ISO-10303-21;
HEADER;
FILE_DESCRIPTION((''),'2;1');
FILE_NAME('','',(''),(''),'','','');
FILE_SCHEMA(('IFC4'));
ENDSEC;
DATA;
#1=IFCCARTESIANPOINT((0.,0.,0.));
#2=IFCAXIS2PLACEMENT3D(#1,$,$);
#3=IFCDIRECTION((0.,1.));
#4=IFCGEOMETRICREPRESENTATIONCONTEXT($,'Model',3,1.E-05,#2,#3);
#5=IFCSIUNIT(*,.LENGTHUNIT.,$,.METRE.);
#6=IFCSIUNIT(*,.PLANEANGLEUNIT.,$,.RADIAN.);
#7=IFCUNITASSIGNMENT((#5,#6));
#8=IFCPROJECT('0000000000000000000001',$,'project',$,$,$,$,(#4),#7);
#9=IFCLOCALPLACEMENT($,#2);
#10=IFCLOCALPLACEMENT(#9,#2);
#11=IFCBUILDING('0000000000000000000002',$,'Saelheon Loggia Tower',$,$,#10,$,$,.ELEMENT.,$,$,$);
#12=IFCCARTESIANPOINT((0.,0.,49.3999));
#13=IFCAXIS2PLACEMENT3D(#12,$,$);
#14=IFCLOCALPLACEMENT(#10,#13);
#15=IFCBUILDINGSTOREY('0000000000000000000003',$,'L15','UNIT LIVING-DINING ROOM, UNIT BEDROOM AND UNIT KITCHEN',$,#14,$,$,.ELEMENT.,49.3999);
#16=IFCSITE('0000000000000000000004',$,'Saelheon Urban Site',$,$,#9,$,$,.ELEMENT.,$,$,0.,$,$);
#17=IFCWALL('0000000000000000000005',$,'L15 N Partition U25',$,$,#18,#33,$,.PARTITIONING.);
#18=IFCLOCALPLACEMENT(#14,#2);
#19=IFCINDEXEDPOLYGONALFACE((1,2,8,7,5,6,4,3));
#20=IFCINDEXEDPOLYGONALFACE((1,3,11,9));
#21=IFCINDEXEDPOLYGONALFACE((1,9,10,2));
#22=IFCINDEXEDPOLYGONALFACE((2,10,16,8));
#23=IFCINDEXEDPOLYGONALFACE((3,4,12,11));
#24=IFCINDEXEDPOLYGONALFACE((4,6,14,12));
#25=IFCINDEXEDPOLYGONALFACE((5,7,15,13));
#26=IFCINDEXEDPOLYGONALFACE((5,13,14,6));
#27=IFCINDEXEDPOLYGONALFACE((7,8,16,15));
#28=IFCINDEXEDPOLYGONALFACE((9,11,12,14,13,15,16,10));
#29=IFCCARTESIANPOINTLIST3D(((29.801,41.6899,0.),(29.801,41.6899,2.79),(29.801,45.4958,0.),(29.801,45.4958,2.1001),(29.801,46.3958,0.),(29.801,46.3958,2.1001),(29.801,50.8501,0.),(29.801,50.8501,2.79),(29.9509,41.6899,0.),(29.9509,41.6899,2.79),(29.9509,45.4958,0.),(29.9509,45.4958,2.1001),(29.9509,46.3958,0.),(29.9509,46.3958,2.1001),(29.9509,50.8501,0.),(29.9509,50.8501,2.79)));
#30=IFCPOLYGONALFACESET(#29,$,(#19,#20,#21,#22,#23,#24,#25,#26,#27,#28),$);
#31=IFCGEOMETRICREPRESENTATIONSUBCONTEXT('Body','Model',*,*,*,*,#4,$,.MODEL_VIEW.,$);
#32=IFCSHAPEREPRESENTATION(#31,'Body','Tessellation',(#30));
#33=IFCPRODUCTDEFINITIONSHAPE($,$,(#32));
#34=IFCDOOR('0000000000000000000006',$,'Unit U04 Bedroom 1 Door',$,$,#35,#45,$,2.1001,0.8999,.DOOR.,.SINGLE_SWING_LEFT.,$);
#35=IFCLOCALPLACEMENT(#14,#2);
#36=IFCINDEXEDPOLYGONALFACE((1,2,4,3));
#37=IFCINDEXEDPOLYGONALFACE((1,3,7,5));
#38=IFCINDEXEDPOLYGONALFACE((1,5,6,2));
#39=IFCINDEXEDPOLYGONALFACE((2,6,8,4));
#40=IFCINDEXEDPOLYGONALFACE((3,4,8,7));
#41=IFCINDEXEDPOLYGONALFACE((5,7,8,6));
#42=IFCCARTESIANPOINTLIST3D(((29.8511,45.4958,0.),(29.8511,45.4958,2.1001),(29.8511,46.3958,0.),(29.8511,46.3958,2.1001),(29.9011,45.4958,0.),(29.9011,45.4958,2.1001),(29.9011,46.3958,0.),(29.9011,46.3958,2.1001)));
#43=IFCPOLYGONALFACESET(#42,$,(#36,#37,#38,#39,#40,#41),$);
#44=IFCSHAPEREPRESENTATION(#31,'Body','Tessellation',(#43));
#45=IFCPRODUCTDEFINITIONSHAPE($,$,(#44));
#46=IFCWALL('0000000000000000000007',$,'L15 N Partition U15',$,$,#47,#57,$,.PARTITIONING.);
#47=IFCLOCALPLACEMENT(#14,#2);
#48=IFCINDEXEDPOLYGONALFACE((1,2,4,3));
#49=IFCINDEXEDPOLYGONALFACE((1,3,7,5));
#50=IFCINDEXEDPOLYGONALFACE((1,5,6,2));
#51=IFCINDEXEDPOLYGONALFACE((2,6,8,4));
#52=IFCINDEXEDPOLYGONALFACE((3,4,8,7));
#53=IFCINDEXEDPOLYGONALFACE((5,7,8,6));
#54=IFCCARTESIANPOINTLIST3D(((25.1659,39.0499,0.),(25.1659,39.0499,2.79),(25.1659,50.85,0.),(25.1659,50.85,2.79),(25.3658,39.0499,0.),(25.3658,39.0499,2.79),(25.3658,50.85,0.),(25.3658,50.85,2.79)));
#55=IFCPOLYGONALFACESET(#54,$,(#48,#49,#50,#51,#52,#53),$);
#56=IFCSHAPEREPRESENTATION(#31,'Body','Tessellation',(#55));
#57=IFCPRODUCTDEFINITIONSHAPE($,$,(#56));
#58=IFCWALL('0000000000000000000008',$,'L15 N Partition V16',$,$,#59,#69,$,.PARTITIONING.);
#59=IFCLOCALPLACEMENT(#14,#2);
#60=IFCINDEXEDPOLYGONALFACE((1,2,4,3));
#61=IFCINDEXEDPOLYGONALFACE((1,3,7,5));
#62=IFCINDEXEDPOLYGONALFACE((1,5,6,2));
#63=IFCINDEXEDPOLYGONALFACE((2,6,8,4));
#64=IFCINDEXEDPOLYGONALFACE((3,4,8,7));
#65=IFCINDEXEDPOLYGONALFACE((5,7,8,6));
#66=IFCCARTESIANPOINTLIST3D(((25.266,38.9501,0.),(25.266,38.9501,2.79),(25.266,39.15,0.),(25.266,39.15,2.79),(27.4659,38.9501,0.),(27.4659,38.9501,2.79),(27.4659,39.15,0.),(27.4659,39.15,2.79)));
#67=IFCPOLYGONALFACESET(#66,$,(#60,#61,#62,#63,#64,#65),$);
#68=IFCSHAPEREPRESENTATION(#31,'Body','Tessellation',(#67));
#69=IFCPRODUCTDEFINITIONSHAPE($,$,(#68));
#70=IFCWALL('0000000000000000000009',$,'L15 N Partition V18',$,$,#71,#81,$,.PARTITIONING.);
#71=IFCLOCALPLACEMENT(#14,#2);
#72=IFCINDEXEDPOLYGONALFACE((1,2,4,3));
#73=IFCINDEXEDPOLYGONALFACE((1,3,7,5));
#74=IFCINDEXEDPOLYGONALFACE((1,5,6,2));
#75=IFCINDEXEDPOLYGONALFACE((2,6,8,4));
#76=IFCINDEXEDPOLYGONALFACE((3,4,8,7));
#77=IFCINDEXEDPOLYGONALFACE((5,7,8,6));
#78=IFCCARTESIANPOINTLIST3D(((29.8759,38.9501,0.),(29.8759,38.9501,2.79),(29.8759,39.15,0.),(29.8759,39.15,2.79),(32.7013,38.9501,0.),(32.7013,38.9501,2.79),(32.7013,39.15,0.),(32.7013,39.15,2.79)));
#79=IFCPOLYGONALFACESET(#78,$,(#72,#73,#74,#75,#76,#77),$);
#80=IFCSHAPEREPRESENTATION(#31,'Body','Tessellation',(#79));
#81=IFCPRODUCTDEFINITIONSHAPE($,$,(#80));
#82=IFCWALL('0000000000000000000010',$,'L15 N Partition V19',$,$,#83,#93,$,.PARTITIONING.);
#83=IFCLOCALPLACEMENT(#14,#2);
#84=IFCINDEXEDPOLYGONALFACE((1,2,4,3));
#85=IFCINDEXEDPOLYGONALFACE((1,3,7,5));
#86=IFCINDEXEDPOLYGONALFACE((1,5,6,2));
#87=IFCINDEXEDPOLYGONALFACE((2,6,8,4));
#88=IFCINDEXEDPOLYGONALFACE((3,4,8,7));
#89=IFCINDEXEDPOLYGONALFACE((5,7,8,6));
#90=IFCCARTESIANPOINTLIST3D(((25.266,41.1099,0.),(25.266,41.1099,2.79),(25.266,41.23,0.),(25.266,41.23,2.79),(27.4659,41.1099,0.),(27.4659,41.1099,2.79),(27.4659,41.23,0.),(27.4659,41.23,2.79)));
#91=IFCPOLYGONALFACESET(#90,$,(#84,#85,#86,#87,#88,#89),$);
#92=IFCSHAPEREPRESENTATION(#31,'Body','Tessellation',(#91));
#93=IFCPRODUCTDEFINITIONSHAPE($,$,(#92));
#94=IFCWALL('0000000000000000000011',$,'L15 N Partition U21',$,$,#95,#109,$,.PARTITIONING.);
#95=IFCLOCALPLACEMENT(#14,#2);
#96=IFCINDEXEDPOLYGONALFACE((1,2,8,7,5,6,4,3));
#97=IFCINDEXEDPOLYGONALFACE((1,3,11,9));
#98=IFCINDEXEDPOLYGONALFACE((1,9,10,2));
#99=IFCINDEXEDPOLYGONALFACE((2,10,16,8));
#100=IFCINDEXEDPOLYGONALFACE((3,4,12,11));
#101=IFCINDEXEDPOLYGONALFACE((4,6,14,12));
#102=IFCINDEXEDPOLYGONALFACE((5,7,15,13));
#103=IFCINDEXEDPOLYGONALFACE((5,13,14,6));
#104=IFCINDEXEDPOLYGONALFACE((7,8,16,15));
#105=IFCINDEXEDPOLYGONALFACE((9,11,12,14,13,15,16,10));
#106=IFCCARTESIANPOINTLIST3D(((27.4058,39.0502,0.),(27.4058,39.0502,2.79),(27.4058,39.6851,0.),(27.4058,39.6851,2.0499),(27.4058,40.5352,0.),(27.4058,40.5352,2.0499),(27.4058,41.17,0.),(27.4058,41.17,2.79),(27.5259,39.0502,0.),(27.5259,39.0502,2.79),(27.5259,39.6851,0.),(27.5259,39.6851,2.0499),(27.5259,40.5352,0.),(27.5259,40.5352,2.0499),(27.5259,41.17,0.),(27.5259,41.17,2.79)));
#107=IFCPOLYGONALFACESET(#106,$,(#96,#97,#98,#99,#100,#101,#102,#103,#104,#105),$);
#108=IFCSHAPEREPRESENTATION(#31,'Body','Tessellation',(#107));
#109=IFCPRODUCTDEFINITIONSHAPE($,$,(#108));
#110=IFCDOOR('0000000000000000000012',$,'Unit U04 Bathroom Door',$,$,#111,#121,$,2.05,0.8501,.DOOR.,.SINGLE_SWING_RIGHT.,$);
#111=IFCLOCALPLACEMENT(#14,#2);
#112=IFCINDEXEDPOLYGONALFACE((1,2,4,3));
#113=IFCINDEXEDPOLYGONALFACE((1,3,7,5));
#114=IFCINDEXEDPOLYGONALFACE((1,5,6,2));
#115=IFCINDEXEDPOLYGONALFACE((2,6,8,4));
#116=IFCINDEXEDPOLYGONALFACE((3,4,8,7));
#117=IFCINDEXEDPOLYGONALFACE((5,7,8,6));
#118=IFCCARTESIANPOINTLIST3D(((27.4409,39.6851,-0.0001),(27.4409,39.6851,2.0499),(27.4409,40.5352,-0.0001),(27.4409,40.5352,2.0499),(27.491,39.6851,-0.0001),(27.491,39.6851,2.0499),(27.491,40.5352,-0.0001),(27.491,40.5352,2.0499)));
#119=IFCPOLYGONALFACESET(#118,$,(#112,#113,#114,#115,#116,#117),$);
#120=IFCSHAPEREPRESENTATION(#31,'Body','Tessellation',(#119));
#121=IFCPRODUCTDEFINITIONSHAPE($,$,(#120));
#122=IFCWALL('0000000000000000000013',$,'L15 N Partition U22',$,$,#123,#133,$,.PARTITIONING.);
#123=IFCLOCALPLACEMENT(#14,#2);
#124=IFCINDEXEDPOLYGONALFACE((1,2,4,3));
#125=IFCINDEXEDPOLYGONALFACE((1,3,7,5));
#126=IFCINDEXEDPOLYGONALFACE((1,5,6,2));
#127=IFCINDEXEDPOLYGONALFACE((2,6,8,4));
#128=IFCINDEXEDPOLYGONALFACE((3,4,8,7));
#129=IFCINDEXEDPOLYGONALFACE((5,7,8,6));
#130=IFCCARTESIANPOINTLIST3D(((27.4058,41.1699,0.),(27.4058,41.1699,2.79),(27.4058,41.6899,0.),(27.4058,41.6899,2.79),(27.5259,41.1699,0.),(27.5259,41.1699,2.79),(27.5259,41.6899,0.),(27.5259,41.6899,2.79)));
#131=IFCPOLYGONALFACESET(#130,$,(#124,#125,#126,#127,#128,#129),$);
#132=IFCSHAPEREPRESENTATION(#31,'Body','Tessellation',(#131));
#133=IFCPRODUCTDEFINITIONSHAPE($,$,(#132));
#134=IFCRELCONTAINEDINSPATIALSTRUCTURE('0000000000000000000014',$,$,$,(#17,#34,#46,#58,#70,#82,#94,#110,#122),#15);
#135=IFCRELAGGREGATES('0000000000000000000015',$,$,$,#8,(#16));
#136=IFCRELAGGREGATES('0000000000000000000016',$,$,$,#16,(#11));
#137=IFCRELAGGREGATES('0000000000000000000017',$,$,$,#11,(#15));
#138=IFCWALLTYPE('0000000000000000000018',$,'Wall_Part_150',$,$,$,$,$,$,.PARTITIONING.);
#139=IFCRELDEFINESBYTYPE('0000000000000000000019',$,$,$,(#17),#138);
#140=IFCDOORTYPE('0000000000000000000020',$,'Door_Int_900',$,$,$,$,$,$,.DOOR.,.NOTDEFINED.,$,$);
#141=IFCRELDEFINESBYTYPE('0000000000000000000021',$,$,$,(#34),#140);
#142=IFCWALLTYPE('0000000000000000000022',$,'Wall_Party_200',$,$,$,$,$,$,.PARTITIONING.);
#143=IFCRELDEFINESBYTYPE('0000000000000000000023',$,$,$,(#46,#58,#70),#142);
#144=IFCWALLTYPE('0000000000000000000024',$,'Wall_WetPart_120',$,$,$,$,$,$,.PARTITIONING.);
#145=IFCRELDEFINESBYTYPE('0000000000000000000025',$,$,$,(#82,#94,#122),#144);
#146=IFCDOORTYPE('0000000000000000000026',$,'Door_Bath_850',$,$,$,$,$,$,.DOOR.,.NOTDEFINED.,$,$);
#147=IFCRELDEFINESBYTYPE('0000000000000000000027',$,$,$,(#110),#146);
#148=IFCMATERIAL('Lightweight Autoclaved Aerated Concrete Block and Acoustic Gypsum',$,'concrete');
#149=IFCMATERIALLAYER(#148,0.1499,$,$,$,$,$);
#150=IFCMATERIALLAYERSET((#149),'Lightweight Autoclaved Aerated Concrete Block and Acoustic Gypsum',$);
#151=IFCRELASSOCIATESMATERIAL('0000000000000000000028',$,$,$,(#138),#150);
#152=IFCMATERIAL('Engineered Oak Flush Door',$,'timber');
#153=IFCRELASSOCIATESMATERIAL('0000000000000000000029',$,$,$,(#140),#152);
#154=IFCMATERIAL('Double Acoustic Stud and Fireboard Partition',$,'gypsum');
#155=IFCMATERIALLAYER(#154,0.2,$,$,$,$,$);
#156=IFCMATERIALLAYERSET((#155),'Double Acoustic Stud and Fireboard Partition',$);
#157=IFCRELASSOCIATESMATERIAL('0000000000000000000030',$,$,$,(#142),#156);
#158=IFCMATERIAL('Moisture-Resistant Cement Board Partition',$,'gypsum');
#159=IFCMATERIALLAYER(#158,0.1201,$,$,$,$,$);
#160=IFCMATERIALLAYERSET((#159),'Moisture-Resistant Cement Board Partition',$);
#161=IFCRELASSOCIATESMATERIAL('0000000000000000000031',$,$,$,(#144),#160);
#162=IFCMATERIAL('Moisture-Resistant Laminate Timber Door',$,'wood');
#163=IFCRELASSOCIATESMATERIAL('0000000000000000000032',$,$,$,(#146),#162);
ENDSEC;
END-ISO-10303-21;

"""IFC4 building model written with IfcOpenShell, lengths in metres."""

from ifc_helpers import new_model, si_unit, direction, frame, frame_2d, origin, place, context, subcontext, project, spatial, rectangle, extrude, source, transform, mapped, material, layer, layer_set, type_object, element, fill, save


model = new_model("IFC4")

# Units and contexts
model_context = context("Model", 3, precision=1e-05, world=origin(), true_north=direction((0.0, 1.0)))
body_context = subcontext(model_context, "Body", "Model", "MODEL_VIEW")
ifc_project = project(units=[si_unit("LENGTHUNIT", "METRE"), si_unit("PLANEANGLEUNIT", "RADIAN")], contexts=[model_context])

# Site, building, storey
site_placement = place(None, origin())
site = spatial("IfcSite", under=ifc_project, at=site_placement, Name="Saelheon Urban Site", CompositionType="ELEMENT", RefElevation=0.0)
building_placement = place(site_placement, origin())
building = spatial("IfcBuilding", under=site, at=building_placement, Name="Saelheon Loggia Tower", CompositionType="ELEMENT")
storey_placement = place(building_placement, frame((0.0, 0.0, 49.3999)))
storey = spatial("IfcBuildingStorey", under=building, at=storey_placement, Name="L15", Description="UNIT LIVING-DINING ROOM, UNIT BEDROOM AND UNIT KITCHEN", CompositionType="ELEMENT", Elevation=49.3999)

# Shared definitions
ifc_material_1 = material(Name="Lightweight Autoclaved Aerated Concrete Block and Acoustic Gypsum", Category="concrete")
ifc_layer_1 = layer(ifc_material_1, 0.1499)
ifc_layer_set_1 = layer_set([ifc_layer_1], Name="Lightweight Autoclaved Aerated Concrete Block and Acoustic Gypsum")
wall_type_1 = type_object("IfcWallType", Name="Wall_Part_150", PredefinedType="PARTITIONING", material=ifc_layer_set_1)

# Wall, opening, door
ifc_material_2 = material(Name="Engineered Oak Flush Door", Category="timber")
door_type_1 = type_object("IfcDoorType", Name="Door_Int_900", OperationType="NOTDEFINED", PredefinedType="DOOR", material=ifc_material_2)
shared_shape_1 = source(origin(), body_context, "Body", "SweptSolid", [
    extrude(rectangle(XDim=0.8999, YDim=2.1001, at=frame_2d((0.45, 1.05))), frame((0.0, 0.0249, 0.0), z_axis=(0.0, -1.0, 0.0), x_axis=(1.0, 0.0, 0.0)), (0.0, 0.0, 1.0), 0.05),
])
wall_1_placement = place(storey_placement, frame((29.876, 41.6899, 0.0), z_axis=(0.0, 0.0, 1.0), x_axis=(0.0, 1.0, 0.0)))
wall_1 = element("IfcWall", 1, at=wall_1_placement, inside=storey, type_object=wall_type_1, Name="L15 N Partition U25", PredefinedType="PARTITIONING", context=body_context, shape_type="SweptSolid", body=[
    extrude(rectangle(XDim=9.1602, YDim=0.1499, at=frame_2d((4.5801, 0.0))), origin(), (0.0, 0.0, 1.0), 2.79),
])
opening_1_placement = place(wall_1_placement, frame((3.8059, 0.0, 0.0)))
opening_1 = element("IfcOpeningElement", 2, at=opening_1_placement, cuts=wall_1, PredefinedType="OPENING", context=body_context, shape_type="SweptSolid", body=[
    extrude(rectangle(XDim=0.8999, YDim=2.1001, at=frame_2d((0.45, 1.05))), frame((0.0, 0.0869, 0.0), z_axis=(0.0, -1.0, 0.0), x_axis=(1.0, 0.0, 0.0)), (0.0, 0.0, 1.0), 0.1738),
])
door_1_placement = place(opening_1_placement, origin())
door_1 = element("IfcDoor", 3, at=door_1_placement, inside=storey, type_object=door_type_1, Name="Unit U04 Bedroom 1 Door", OperationType="SINGLE_SWING_LEFT", OverallHeight=2.1001, OverallWidth=0.8999, PredefinedType="DOOR", context=body_context, shape_type="MappedRepresentation", body=[
    mapped(shared_shape_1, transform((0.0, 0.0, 0.0), scale=1.0)),
])
fill(opening_1, door_1)

# Walls
ifc_material_3 = material(Name="Double Acoustic Stud and Fireboard Partition", Category="gypsum")
ifc_layer_2 = layer(ifc_material_3, 0.2)
ifc_layer_set_2 = layer_set([ifc_layer_2], Name="Double Acoustic Stud and Fireboard Partition")
wall_type_2 = type_object("IfcWallType", Name="Wall_Party_200", PredefinedType="PARTITIONING", material=ifc_layer_set_2)
wall_2_placement = place(storey_placement, frame((25.2659, 39.05, 0.0), z_axis=(0.0, 0.0, 1.0), x_axis=(0.0, 1.0, 0.0)))
element("IfcWall", 4, at=wall_2_placement, inside=storey, type_object=wall_type_2, Name="L15 N Partition U15", PredefinedType="PARTITIONING", context=body_context, shape_type="SweptSolid", body=[
    extrude(rectangle(XDim=11.8, YDim=0.2, at=frame_2d((5.8999, 0.0))), origin(), (0.0, 0.0, 1.0), 2.79),
])
wall_3_placement = place(storey_placement, frame((25.2659, 39.05, 0.0), z_axis=(0.0, 0.0, 1.0), x_axis=(1.0, 0.0, 0.0)))
element("IfcWall", 5, at=wall_3_placement, inside=storey, type_object=wall_type_2, Name="L15 N Partition V16", PredefinedType="PARTITIONING", context=body_context, shape_type="SweptSolid", body=[
    extrude(rectangle(XDim=2.2, YDim=0.2, at=frame_2d((1.1001, 0.0))), origin(), (0.0, 0.0, 1.0), 2.79),
])

# Walls
wall_4_placement = place(storey_placement, frame((29.876, 39.05, 0.0), z_axis=(0.0, 0.0, 1.0), x_axis=(1.0, 0.0, 0.0)))
element("IfcWall", 6, at=wall_4_placement, inside=storey, type_object=wall_type_2, Name="L15 N Partition V18", PredefinedType="PARTITIONING", context=body_context, shape_type="SweptSolid", body=[
    extrude(rectangle(XDim=2.8254, YDim=0.2, at=frame_2d((1.4126, 0.0))), origin(), (0.0, 0.0, 1.0), 2.79),
])
ifc_material_4 = material(Name="Moisture-Resistant Cement Board Partition", Category="gypsum")
ifc_layer_3 = layer(ifc_material_4, 0.1201)
ifc_layer_set_3 = layer_set([ifc_layer_3], Name="Moisture-Resistant Cement Board Partition")
wall_type_3 = type_object("IfcWallType", Name="Wall_WetPart_120", PredefinedType="PARTITIONING", material=ifc_layer_set_3)
wall_5_placement = place(storey_placement, frame((25.2659, 41.1699, 0.0), z_axis=(0.0, 0.0, 1.0), x_axis=(1.0, 0.0, 0.0)))
element("IfcWall", 7, at=wall_5_placement, inside=storey, type_object=wall_type_3, Name="L15 N Partition V19", PredefinedType="PARTITIONING", context=body_context, shape_type="SweptSolid", body=[
    extrude(rectangle(XDim=2.2, YDim=0.1201, at=frame_2d((1.1001, 0.0))), origin(), (0.0, 0.0, 1.0), 2.79),
])

# Wall, opening, door
wall_6_placement = place(storey_placement, frame((27.4658, 39.05, 0.0), z_axis=(0.0, 0.0, 1.0), x_axis=(0.0, 1.0, 0.0)))
wall_6 = element("IfcWall", 8, at=wall_6_placement, inside=storey, type_object=wall_type_3, Name="L15 N Partition U21", PredefinedType="PARTITIONING", context=body_context, shape_type="SweptSolid", body=[
    extrude(rectangle(XDim=2.1199, YDim=0.1201, at=frame_2d((1.0601, 0.0))), origin(), (0.0, 0.0, 1.0), 2.79),
])
opening_2_placement = place(wall_6_placement, frame((0.635, 0.0, 0.0)))
opening_2 = element("IfcOpeningElement", 9, at=opening_2_placement, cuts=wall_6, PredefinedType="OPENING", context=body_context, shape_type="SweptSolid", body=[
    extrude(rectangle(XDim=0.8501, YDim=2.05, at=frame_2d((0.425, 1.0249))), frame((0.0, 0.072, 0.0), z_axis=(0.0, -1.0, 0.0), x_axis=(1.0, 0.0, 0.0)), (0.0, 0.0, 1.0), 0.144),
])
ifc_material_5 = material(Name="Moisture-Resistant Laminate Timber Door", Category="wood")
door_type_2 = type_object("IfcDoorType", Name="Door_Bath_850", OperationType="NOTDEFINED", PredefinedType="DOOR", material=ifc_material_5)
shared_shape_2 = source(origin(), body_context, "Body", "SweptSolid", [
    extrude(rectangle(XDim=0.8501, YDim=2.05, at=frame_2d((0.425, 1.0249))), frame((0.0, 0.0249, 0.0), z_axis=(0.0, -1.0, 0.0), x_axis=(1.0, 0.0, 0.0)), (0.0, 0.0, 1.0), 0.05),
])
door_2_placement = place(opening_2_placement, origin())
door_2 = element("IfcDoor", 10, at=door_2_placement, inside=storey, type_object=door_type_2, Name="Unit U04 Bathroom Door", OperationType="SINGLE_SWING_RIGHT", OverallHeight=2.05, OverallWidth=0.8501, PredefinedType="DOOR", context=body_context, shape_type="MappedRepresentation", body=[
    mapped(shared_shape_2, transform((0.0, 0.0, 0.0), scale=1.0)),
])
fill(opening_2, door_2)

# Wall
wall_7_placement = place(storey_placement, frame((27.4658, 41.1699, 0.0), z_axis=(0.0, 0.0, 1.0), x_axis=(0.0, 1.0, 0.0)))
element("IfcWall", 11, at=wall_7_placement, inside=storey, type_object=wall_type_3, Name="L15 N Partition U22", PredefinedType="PARTITIONING", context=body_context, shape_type="SweptSolid", body=[
    extrude(rectangle(XDim=0.52, YDim=0.1201, at=frame_2d((0.26, 0.0))), origin(), (0.0, 0.0, 1.0), 2.79),
])

save(model, "model.ifc")
